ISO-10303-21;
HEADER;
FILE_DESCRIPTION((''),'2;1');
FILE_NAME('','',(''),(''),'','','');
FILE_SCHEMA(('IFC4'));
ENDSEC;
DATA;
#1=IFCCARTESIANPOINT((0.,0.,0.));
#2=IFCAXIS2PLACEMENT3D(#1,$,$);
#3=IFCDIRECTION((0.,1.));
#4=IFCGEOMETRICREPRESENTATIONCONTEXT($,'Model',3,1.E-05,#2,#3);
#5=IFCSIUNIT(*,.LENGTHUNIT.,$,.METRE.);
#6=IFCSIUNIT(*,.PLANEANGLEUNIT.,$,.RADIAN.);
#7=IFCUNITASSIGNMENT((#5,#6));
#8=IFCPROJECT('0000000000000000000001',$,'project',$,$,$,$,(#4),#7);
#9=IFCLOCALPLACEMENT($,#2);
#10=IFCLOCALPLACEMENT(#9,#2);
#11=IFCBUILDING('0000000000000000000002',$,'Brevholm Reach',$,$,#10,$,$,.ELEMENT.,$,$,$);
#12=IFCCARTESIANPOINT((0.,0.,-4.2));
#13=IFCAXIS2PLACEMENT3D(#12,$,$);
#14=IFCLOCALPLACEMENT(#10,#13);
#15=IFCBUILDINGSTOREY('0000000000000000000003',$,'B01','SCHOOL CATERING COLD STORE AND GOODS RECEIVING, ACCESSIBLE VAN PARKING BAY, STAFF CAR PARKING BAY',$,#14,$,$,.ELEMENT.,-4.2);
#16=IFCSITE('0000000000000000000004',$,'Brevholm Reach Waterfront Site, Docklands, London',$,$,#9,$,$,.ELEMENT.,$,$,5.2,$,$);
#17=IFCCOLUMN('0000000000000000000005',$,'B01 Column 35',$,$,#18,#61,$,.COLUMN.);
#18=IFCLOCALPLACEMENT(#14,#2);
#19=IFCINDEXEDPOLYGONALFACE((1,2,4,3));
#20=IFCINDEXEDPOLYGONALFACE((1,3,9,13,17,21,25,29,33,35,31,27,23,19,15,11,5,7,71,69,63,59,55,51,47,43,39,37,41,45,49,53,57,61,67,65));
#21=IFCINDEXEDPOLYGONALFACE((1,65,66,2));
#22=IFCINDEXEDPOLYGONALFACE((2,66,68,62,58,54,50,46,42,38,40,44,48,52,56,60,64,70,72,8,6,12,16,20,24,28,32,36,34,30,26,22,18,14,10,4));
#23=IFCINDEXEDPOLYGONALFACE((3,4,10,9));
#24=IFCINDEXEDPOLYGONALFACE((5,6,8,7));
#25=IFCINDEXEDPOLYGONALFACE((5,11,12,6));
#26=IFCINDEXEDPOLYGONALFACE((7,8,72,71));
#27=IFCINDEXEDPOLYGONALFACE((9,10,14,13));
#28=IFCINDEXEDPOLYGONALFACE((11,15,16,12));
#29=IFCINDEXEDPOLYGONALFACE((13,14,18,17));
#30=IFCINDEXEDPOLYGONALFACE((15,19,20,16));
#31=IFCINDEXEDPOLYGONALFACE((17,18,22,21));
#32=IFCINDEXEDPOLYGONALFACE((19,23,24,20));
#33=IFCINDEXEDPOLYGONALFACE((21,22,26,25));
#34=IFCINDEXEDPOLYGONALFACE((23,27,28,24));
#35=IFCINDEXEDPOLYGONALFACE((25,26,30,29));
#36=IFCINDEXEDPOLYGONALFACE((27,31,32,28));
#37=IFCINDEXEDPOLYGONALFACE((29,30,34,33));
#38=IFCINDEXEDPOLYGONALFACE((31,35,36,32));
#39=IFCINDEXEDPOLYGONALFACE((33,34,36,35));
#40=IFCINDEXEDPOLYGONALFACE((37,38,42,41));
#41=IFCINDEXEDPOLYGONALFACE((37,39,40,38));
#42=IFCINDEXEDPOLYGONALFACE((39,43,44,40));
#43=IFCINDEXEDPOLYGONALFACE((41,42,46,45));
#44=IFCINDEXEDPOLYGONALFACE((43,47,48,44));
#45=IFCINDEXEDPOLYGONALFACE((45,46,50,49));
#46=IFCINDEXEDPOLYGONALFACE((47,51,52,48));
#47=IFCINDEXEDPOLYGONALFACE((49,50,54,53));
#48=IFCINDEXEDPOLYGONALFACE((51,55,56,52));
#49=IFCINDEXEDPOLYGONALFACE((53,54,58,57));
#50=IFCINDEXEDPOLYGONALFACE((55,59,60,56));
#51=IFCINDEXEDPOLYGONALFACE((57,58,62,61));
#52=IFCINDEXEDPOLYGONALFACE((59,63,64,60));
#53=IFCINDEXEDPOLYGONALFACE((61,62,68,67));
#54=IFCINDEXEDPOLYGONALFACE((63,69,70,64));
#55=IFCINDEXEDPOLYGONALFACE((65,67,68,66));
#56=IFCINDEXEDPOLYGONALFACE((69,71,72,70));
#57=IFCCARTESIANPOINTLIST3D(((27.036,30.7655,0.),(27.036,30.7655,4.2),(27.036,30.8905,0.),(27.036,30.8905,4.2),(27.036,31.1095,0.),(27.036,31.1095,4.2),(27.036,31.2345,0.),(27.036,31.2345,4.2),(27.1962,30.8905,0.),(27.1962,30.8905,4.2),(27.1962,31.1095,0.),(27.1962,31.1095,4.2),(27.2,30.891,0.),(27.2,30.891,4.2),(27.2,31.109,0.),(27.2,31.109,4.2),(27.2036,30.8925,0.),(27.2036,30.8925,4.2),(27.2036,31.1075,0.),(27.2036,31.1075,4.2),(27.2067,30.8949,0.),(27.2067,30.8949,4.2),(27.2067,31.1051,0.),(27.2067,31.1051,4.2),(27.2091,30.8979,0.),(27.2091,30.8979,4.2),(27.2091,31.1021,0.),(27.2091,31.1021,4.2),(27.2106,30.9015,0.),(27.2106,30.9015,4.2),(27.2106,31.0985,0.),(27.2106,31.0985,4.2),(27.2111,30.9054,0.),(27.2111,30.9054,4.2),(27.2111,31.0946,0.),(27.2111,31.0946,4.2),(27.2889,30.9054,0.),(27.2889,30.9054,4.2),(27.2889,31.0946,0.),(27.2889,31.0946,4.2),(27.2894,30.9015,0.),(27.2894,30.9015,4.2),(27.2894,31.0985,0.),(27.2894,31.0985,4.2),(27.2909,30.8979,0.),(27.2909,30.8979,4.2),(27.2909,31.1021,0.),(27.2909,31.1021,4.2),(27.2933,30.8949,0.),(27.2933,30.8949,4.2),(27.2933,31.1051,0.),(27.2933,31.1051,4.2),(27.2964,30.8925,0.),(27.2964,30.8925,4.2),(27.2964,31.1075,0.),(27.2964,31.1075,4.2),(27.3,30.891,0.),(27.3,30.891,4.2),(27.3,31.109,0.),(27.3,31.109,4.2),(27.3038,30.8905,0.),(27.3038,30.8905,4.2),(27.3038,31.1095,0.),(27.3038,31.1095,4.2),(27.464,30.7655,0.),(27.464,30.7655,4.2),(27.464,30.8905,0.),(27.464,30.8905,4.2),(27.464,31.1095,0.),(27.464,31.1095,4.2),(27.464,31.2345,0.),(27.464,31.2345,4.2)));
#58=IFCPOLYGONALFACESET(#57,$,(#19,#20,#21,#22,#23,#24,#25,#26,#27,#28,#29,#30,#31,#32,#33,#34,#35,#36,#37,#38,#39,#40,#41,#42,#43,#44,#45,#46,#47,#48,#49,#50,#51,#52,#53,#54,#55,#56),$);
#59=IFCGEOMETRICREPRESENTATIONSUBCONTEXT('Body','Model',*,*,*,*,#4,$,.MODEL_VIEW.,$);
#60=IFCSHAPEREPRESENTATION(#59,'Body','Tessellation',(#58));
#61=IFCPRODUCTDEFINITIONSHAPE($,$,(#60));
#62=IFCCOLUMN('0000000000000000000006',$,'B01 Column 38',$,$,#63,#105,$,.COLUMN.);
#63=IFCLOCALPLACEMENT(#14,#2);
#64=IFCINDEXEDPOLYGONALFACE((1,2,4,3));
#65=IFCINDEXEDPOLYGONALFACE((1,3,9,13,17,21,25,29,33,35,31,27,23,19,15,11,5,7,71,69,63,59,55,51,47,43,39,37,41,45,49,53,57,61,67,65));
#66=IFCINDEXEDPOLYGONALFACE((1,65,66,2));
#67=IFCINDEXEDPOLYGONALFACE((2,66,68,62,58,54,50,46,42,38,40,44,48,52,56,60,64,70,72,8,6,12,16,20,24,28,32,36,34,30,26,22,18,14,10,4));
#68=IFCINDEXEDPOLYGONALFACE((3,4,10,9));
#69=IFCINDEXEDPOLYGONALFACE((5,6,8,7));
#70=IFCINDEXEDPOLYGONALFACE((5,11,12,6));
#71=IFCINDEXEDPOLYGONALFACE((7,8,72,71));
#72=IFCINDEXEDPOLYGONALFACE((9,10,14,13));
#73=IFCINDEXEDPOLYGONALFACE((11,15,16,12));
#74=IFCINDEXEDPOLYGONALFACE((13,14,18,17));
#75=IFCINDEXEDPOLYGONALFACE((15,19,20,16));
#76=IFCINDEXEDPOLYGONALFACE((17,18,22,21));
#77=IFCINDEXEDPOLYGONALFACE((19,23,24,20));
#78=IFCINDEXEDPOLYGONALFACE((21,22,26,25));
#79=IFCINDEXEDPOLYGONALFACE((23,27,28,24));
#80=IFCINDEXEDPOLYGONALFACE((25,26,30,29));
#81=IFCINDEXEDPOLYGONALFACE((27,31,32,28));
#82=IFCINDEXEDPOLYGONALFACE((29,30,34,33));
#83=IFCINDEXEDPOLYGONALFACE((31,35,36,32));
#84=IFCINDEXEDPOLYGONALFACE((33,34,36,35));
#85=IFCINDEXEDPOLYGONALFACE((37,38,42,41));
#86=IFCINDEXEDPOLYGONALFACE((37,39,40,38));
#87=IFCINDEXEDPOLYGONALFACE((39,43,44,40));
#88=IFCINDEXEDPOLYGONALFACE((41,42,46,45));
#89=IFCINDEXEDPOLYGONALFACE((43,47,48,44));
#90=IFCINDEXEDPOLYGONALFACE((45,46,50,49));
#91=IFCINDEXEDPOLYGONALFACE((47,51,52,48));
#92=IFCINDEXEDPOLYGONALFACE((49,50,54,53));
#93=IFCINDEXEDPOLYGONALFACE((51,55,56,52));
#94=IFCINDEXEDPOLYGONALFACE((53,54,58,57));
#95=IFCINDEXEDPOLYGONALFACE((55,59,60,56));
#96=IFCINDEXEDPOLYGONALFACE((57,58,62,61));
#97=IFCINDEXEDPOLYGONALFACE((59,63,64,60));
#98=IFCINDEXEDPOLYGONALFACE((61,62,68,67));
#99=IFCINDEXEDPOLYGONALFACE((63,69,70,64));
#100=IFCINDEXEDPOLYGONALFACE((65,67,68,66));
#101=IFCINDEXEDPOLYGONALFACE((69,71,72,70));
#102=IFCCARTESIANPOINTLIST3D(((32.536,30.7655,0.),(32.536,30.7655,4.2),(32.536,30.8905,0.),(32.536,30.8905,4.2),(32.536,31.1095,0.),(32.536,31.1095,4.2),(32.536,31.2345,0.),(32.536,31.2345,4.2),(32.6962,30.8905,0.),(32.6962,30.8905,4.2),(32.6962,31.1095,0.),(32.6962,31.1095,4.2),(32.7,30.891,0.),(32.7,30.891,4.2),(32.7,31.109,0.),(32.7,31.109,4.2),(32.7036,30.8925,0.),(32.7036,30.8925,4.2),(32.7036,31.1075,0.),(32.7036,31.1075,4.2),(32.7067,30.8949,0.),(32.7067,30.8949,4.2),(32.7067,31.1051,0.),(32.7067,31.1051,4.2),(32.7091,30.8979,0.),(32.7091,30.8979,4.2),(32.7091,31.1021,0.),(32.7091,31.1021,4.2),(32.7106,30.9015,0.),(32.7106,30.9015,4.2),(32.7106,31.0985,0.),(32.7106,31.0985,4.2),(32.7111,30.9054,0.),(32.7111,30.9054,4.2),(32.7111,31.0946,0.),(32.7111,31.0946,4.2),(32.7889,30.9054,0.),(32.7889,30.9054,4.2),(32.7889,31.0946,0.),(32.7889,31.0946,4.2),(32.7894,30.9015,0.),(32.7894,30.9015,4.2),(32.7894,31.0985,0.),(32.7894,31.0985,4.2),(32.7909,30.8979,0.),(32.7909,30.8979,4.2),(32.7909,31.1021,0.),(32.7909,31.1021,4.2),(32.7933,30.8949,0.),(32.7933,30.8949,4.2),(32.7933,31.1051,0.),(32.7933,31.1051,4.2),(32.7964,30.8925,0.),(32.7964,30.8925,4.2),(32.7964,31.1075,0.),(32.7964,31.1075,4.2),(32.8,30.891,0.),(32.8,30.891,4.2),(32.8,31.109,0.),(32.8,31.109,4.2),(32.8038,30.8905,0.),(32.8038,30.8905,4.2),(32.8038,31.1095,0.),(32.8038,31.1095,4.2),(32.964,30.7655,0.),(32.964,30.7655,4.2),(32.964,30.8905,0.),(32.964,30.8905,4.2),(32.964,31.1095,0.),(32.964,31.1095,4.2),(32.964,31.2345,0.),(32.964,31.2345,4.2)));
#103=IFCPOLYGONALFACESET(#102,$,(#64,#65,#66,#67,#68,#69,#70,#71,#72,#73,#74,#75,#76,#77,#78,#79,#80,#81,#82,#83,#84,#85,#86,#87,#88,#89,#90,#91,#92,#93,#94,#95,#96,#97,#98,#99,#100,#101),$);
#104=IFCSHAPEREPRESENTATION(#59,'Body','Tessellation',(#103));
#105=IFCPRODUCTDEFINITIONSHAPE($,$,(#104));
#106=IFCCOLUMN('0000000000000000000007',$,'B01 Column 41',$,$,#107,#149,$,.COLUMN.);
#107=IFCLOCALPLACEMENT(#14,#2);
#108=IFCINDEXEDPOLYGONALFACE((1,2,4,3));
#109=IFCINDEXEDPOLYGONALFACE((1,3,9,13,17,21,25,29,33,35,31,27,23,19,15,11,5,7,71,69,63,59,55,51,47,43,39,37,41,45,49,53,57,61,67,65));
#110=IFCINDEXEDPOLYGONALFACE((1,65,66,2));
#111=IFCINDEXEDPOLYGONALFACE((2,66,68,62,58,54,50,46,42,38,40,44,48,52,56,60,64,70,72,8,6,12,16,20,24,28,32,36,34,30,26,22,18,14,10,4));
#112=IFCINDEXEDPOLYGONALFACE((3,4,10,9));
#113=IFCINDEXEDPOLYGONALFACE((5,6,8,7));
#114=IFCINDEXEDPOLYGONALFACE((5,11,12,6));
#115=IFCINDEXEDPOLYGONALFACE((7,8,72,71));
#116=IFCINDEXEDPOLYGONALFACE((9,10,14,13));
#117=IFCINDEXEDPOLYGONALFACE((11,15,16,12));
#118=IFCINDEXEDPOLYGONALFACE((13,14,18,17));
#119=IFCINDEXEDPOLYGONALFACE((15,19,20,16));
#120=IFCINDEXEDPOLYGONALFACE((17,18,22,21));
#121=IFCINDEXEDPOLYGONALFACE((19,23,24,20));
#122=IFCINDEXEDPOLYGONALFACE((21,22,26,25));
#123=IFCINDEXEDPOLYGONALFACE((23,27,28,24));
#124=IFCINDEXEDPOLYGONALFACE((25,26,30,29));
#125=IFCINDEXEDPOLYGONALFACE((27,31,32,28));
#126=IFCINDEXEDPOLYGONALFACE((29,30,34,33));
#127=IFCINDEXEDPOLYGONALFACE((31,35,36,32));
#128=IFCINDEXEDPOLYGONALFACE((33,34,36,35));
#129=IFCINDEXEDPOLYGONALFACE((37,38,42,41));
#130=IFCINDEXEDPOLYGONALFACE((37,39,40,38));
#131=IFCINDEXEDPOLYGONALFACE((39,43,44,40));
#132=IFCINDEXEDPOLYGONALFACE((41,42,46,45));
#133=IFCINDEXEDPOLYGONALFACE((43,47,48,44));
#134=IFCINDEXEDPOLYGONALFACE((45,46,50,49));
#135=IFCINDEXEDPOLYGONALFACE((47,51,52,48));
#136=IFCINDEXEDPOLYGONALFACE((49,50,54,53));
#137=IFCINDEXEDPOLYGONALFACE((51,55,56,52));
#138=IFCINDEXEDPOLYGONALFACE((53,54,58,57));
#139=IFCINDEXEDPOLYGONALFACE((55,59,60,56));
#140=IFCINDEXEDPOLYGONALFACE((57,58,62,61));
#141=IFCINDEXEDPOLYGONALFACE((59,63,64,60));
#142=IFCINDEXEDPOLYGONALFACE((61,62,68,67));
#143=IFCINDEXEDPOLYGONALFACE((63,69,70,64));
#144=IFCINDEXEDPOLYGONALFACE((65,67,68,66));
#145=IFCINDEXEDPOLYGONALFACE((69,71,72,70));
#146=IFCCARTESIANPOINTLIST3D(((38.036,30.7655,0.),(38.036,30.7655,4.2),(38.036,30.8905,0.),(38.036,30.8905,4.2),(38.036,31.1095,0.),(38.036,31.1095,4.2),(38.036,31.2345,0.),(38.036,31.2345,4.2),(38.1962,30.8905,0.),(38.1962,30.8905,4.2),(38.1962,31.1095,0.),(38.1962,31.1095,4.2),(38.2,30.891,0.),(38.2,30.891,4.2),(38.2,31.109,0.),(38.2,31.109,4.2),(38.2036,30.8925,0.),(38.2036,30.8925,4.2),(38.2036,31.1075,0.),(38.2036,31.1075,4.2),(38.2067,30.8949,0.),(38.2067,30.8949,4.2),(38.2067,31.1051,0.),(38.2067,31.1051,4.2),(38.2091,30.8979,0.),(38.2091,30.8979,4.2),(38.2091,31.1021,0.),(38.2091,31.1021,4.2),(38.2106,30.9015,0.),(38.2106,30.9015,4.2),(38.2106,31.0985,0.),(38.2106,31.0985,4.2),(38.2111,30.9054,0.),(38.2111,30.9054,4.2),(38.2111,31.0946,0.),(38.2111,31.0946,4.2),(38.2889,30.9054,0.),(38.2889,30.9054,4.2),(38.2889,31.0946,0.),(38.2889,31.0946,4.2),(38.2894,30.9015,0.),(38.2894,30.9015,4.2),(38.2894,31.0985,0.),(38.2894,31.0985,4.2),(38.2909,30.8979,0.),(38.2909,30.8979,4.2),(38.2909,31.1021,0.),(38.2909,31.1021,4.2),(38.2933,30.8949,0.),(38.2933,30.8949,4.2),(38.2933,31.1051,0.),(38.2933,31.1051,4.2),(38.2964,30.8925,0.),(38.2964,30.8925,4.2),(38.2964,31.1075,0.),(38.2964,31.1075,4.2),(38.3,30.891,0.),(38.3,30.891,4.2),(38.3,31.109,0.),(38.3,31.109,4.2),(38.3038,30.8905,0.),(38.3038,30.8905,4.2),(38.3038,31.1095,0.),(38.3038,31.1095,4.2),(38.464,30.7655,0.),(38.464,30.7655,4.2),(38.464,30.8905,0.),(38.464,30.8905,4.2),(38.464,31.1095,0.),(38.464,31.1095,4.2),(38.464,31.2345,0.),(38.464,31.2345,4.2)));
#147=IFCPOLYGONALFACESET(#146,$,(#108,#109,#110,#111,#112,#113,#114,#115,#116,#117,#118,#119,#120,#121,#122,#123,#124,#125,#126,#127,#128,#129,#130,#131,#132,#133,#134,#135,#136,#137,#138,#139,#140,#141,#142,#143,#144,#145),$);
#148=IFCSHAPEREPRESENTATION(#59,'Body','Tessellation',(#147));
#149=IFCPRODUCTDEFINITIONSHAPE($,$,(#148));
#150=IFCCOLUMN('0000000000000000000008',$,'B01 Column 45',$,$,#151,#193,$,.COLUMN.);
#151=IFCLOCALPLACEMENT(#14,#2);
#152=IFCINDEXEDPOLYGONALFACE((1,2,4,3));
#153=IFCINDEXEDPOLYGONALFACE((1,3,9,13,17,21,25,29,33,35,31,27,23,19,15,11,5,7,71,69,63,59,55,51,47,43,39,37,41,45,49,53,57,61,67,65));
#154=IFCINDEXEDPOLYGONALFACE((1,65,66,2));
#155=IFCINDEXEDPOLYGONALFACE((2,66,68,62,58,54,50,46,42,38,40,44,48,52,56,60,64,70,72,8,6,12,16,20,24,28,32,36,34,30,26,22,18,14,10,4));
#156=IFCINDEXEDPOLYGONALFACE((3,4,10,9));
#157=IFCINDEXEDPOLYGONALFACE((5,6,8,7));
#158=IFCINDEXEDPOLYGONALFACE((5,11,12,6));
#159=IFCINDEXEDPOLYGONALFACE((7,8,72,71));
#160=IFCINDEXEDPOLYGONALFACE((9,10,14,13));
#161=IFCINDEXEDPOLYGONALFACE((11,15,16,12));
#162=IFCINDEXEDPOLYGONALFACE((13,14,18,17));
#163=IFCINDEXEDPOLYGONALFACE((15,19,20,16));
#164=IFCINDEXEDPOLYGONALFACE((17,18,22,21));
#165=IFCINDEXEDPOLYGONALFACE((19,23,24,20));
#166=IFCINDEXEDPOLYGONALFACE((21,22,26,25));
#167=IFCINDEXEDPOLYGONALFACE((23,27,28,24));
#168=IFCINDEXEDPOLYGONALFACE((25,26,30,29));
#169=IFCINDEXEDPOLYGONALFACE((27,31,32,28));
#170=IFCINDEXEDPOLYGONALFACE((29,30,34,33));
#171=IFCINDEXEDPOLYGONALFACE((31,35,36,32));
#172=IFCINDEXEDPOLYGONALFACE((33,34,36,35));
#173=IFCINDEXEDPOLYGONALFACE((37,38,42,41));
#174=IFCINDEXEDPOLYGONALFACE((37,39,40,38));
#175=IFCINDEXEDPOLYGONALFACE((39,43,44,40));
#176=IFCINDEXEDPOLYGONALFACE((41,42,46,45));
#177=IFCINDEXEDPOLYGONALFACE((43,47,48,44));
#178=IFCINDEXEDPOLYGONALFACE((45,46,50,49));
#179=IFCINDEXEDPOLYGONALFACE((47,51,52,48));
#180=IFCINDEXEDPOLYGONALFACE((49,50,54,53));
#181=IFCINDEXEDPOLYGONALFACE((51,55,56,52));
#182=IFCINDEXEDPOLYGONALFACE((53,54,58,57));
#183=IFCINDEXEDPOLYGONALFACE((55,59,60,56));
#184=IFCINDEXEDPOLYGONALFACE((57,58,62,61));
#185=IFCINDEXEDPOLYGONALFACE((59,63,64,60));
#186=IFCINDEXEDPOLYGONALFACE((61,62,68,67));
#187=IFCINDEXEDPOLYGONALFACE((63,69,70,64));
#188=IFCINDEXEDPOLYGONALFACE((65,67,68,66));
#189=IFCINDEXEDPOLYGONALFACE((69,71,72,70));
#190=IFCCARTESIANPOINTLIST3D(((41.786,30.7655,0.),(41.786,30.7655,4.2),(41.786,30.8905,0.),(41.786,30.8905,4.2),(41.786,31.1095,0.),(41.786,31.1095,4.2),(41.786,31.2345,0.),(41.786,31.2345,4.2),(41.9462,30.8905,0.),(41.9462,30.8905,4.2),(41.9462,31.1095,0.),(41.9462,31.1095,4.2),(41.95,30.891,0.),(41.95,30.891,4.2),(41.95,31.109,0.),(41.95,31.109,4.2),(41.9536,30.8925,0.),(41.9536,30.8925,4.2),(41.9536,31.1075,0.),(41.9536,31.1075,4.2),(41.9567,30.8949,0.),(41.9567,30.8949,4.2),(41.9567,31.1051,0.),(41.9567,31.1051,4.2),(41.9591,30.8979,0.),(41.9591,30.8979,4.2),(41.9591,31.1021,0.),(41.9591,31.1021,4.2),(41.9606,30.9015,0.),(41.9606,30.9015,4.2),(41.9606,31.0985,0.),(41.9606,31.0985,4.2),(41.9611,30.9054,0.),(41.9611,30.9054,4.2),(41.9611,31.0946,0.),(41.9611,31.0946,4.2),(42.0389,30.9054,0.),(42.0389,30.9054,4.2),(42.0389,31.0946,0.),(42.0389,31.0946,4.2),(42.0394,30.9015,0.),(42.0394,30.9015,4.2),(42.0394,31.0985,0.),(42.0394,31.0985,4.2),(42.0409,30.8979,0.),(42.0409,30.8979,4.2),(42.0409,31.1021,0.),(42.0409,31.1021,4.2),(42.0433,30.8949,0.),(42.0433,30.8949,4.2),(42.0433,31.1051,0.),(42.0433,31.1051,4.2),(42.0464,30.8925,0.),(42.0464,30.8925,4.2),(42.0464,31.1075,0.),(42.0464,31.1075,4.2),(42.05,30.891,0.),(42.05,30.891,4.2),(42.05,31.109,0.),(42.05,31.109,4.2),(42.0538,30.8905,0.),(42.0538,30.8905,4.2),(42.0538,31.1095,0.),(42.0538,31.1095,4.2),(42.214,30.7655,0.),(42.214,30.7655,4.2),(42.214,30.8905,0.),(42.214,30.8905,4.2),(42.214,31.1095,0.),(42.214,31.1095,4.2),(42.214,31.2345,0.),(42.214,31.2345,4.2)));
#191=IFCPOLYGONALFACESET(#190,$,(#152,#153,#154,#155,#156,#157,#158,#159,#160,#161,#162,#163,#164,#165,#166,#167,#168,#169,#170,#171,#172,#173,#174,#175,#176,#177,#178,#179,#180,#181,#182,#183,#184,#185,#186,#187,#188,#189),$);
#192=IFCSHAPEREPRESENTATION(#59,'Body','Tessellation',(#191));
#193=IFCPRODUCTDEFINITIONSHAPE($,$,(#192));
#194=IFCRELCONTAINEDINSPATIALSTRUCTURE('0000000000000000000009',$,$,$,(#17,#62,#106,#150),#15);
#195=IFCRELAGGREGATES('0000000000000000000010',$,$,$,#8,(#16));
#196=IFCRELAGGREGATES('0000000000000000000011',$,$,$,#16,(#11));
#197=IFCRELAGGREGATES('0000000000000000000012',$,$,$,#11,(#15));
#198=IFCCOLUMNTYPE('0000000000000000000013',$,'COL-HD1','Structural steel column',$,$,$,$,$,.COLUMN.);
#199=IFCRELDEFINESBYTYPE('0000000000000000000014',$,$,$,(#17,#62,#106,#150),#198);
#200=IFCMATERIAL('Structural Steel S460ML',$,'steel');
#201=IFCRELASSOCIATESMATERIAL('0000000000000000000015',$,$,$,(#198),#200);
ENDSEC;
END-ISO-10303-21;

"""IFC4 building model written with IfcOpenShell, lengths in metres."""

from ifc_helpers import new_model, si_unit, direction, frame, origin, origin_2d, place, context, subcontext, project, spatial, i_section, extrude, material, material_profile, profile_set, type_object, element, save


model = new_model("IFC4")

# Units and contexts
model_context = context("Model", 3, precision=1e-05, world=origin(), true_north=direction((0.0, 1.0)))
body_context = subcontext(model_context, "Body", "Model", "MODEL_VIEW")
ifc_project = project(units=[si_unit("LENGTHUNIT", "METRE"), si_unit("PLANEANGLEUNIT", "RADIAN")], contexts=[model_context])

# Site, building, storey
site_placement = place(None, origin())
site = spatial("IfcSite", under=ifc_project, at=site_placement, Name="Brevholm Reach Waterfront Site, Docklands, London", CompositionType="ELEMENT", RefElevation=5.2)
building_placement = place(site_placement, origin())
building = spatial("IfcBuilding", under=site, at=building_placement, Name="Brevholm Reach", CompositionType="ELEMENT")
storey_placement = place(building_placement, frame((0.0, 0.0, -4.2)))
storey = spatial("IfcBuildingStorey", under=building, at=storey_placement, Name="B01", Description="SCHOOL CATERING COLD STORE AND GOODS RECEIVING, ACCESSIBLE VAN PARKING BAY, STAFF CAR PARKING BAY", CompositionType="ELEMENT", Elevation=-4.2)

# Columns
ifc_material_1 = material(Name="Structural Steel S460ML", Category="steel")
ifc_material_profile_1 = material_profile(ifc_material_1, i_section(OverallWidth=0.428, OverallDepth=0.469, WebThickness=0.0779, FlangeThickness=0.125, FilletRadius=0.0149, at=origin_2d()), Name="HD 400x1086")
ifc_profile_set_1 = profile_set([ifc_material_profile_1], Name="Structural Steel S460ML")
column_type = type_object("IfcColumnType", Name="COL-HD1", Description="Structural steel column", PredefinedType="COLUMN", material=ifc_profile_set_1)
for number, where, z_axis, x_axis, name in (
    (1, (27.25, 31.0, 0.0), (0.0, 0.0, 1.0), (1.0, 0.0, 0.0), "B01 Column 35"),
    (2, (32.75, 31.0, 0.0), (0.0, 0.0, 1.0), (1.0, 0.0, 0.0), "B01 Column 38"),
    (3, (38.25, 31.0, 0.0), (0.0, 0.0, 1.0), (1.0, 0.0, 0.0), "B01 Column 41"),
    (4, (42.0, 31.0, 0.0), (0.0, 0.0, 1.0), (1.0, 0.0, 0.0), "B01 Column 45"),
):
    element("IfcColumn", number, at=place(storey_placement, frame(where, z_axis=z_axis, x_axis=x_axis)), inside=storey, type_object=column_type, Name=name, PredefinedType="COLUMN", context=body_context, shape_type="SweptSolid", body=[
        extrude(i_section(OverallWidth=0.428, OverallDepth=0.469, WebThickness=0.0779, FlangeThickness=0.125, FilletRadius=0.0149, at=origin_2d()), origin(), (0.0, 0.0, 1.0), 4.2),
    ])

save(model, "model.ifc")
